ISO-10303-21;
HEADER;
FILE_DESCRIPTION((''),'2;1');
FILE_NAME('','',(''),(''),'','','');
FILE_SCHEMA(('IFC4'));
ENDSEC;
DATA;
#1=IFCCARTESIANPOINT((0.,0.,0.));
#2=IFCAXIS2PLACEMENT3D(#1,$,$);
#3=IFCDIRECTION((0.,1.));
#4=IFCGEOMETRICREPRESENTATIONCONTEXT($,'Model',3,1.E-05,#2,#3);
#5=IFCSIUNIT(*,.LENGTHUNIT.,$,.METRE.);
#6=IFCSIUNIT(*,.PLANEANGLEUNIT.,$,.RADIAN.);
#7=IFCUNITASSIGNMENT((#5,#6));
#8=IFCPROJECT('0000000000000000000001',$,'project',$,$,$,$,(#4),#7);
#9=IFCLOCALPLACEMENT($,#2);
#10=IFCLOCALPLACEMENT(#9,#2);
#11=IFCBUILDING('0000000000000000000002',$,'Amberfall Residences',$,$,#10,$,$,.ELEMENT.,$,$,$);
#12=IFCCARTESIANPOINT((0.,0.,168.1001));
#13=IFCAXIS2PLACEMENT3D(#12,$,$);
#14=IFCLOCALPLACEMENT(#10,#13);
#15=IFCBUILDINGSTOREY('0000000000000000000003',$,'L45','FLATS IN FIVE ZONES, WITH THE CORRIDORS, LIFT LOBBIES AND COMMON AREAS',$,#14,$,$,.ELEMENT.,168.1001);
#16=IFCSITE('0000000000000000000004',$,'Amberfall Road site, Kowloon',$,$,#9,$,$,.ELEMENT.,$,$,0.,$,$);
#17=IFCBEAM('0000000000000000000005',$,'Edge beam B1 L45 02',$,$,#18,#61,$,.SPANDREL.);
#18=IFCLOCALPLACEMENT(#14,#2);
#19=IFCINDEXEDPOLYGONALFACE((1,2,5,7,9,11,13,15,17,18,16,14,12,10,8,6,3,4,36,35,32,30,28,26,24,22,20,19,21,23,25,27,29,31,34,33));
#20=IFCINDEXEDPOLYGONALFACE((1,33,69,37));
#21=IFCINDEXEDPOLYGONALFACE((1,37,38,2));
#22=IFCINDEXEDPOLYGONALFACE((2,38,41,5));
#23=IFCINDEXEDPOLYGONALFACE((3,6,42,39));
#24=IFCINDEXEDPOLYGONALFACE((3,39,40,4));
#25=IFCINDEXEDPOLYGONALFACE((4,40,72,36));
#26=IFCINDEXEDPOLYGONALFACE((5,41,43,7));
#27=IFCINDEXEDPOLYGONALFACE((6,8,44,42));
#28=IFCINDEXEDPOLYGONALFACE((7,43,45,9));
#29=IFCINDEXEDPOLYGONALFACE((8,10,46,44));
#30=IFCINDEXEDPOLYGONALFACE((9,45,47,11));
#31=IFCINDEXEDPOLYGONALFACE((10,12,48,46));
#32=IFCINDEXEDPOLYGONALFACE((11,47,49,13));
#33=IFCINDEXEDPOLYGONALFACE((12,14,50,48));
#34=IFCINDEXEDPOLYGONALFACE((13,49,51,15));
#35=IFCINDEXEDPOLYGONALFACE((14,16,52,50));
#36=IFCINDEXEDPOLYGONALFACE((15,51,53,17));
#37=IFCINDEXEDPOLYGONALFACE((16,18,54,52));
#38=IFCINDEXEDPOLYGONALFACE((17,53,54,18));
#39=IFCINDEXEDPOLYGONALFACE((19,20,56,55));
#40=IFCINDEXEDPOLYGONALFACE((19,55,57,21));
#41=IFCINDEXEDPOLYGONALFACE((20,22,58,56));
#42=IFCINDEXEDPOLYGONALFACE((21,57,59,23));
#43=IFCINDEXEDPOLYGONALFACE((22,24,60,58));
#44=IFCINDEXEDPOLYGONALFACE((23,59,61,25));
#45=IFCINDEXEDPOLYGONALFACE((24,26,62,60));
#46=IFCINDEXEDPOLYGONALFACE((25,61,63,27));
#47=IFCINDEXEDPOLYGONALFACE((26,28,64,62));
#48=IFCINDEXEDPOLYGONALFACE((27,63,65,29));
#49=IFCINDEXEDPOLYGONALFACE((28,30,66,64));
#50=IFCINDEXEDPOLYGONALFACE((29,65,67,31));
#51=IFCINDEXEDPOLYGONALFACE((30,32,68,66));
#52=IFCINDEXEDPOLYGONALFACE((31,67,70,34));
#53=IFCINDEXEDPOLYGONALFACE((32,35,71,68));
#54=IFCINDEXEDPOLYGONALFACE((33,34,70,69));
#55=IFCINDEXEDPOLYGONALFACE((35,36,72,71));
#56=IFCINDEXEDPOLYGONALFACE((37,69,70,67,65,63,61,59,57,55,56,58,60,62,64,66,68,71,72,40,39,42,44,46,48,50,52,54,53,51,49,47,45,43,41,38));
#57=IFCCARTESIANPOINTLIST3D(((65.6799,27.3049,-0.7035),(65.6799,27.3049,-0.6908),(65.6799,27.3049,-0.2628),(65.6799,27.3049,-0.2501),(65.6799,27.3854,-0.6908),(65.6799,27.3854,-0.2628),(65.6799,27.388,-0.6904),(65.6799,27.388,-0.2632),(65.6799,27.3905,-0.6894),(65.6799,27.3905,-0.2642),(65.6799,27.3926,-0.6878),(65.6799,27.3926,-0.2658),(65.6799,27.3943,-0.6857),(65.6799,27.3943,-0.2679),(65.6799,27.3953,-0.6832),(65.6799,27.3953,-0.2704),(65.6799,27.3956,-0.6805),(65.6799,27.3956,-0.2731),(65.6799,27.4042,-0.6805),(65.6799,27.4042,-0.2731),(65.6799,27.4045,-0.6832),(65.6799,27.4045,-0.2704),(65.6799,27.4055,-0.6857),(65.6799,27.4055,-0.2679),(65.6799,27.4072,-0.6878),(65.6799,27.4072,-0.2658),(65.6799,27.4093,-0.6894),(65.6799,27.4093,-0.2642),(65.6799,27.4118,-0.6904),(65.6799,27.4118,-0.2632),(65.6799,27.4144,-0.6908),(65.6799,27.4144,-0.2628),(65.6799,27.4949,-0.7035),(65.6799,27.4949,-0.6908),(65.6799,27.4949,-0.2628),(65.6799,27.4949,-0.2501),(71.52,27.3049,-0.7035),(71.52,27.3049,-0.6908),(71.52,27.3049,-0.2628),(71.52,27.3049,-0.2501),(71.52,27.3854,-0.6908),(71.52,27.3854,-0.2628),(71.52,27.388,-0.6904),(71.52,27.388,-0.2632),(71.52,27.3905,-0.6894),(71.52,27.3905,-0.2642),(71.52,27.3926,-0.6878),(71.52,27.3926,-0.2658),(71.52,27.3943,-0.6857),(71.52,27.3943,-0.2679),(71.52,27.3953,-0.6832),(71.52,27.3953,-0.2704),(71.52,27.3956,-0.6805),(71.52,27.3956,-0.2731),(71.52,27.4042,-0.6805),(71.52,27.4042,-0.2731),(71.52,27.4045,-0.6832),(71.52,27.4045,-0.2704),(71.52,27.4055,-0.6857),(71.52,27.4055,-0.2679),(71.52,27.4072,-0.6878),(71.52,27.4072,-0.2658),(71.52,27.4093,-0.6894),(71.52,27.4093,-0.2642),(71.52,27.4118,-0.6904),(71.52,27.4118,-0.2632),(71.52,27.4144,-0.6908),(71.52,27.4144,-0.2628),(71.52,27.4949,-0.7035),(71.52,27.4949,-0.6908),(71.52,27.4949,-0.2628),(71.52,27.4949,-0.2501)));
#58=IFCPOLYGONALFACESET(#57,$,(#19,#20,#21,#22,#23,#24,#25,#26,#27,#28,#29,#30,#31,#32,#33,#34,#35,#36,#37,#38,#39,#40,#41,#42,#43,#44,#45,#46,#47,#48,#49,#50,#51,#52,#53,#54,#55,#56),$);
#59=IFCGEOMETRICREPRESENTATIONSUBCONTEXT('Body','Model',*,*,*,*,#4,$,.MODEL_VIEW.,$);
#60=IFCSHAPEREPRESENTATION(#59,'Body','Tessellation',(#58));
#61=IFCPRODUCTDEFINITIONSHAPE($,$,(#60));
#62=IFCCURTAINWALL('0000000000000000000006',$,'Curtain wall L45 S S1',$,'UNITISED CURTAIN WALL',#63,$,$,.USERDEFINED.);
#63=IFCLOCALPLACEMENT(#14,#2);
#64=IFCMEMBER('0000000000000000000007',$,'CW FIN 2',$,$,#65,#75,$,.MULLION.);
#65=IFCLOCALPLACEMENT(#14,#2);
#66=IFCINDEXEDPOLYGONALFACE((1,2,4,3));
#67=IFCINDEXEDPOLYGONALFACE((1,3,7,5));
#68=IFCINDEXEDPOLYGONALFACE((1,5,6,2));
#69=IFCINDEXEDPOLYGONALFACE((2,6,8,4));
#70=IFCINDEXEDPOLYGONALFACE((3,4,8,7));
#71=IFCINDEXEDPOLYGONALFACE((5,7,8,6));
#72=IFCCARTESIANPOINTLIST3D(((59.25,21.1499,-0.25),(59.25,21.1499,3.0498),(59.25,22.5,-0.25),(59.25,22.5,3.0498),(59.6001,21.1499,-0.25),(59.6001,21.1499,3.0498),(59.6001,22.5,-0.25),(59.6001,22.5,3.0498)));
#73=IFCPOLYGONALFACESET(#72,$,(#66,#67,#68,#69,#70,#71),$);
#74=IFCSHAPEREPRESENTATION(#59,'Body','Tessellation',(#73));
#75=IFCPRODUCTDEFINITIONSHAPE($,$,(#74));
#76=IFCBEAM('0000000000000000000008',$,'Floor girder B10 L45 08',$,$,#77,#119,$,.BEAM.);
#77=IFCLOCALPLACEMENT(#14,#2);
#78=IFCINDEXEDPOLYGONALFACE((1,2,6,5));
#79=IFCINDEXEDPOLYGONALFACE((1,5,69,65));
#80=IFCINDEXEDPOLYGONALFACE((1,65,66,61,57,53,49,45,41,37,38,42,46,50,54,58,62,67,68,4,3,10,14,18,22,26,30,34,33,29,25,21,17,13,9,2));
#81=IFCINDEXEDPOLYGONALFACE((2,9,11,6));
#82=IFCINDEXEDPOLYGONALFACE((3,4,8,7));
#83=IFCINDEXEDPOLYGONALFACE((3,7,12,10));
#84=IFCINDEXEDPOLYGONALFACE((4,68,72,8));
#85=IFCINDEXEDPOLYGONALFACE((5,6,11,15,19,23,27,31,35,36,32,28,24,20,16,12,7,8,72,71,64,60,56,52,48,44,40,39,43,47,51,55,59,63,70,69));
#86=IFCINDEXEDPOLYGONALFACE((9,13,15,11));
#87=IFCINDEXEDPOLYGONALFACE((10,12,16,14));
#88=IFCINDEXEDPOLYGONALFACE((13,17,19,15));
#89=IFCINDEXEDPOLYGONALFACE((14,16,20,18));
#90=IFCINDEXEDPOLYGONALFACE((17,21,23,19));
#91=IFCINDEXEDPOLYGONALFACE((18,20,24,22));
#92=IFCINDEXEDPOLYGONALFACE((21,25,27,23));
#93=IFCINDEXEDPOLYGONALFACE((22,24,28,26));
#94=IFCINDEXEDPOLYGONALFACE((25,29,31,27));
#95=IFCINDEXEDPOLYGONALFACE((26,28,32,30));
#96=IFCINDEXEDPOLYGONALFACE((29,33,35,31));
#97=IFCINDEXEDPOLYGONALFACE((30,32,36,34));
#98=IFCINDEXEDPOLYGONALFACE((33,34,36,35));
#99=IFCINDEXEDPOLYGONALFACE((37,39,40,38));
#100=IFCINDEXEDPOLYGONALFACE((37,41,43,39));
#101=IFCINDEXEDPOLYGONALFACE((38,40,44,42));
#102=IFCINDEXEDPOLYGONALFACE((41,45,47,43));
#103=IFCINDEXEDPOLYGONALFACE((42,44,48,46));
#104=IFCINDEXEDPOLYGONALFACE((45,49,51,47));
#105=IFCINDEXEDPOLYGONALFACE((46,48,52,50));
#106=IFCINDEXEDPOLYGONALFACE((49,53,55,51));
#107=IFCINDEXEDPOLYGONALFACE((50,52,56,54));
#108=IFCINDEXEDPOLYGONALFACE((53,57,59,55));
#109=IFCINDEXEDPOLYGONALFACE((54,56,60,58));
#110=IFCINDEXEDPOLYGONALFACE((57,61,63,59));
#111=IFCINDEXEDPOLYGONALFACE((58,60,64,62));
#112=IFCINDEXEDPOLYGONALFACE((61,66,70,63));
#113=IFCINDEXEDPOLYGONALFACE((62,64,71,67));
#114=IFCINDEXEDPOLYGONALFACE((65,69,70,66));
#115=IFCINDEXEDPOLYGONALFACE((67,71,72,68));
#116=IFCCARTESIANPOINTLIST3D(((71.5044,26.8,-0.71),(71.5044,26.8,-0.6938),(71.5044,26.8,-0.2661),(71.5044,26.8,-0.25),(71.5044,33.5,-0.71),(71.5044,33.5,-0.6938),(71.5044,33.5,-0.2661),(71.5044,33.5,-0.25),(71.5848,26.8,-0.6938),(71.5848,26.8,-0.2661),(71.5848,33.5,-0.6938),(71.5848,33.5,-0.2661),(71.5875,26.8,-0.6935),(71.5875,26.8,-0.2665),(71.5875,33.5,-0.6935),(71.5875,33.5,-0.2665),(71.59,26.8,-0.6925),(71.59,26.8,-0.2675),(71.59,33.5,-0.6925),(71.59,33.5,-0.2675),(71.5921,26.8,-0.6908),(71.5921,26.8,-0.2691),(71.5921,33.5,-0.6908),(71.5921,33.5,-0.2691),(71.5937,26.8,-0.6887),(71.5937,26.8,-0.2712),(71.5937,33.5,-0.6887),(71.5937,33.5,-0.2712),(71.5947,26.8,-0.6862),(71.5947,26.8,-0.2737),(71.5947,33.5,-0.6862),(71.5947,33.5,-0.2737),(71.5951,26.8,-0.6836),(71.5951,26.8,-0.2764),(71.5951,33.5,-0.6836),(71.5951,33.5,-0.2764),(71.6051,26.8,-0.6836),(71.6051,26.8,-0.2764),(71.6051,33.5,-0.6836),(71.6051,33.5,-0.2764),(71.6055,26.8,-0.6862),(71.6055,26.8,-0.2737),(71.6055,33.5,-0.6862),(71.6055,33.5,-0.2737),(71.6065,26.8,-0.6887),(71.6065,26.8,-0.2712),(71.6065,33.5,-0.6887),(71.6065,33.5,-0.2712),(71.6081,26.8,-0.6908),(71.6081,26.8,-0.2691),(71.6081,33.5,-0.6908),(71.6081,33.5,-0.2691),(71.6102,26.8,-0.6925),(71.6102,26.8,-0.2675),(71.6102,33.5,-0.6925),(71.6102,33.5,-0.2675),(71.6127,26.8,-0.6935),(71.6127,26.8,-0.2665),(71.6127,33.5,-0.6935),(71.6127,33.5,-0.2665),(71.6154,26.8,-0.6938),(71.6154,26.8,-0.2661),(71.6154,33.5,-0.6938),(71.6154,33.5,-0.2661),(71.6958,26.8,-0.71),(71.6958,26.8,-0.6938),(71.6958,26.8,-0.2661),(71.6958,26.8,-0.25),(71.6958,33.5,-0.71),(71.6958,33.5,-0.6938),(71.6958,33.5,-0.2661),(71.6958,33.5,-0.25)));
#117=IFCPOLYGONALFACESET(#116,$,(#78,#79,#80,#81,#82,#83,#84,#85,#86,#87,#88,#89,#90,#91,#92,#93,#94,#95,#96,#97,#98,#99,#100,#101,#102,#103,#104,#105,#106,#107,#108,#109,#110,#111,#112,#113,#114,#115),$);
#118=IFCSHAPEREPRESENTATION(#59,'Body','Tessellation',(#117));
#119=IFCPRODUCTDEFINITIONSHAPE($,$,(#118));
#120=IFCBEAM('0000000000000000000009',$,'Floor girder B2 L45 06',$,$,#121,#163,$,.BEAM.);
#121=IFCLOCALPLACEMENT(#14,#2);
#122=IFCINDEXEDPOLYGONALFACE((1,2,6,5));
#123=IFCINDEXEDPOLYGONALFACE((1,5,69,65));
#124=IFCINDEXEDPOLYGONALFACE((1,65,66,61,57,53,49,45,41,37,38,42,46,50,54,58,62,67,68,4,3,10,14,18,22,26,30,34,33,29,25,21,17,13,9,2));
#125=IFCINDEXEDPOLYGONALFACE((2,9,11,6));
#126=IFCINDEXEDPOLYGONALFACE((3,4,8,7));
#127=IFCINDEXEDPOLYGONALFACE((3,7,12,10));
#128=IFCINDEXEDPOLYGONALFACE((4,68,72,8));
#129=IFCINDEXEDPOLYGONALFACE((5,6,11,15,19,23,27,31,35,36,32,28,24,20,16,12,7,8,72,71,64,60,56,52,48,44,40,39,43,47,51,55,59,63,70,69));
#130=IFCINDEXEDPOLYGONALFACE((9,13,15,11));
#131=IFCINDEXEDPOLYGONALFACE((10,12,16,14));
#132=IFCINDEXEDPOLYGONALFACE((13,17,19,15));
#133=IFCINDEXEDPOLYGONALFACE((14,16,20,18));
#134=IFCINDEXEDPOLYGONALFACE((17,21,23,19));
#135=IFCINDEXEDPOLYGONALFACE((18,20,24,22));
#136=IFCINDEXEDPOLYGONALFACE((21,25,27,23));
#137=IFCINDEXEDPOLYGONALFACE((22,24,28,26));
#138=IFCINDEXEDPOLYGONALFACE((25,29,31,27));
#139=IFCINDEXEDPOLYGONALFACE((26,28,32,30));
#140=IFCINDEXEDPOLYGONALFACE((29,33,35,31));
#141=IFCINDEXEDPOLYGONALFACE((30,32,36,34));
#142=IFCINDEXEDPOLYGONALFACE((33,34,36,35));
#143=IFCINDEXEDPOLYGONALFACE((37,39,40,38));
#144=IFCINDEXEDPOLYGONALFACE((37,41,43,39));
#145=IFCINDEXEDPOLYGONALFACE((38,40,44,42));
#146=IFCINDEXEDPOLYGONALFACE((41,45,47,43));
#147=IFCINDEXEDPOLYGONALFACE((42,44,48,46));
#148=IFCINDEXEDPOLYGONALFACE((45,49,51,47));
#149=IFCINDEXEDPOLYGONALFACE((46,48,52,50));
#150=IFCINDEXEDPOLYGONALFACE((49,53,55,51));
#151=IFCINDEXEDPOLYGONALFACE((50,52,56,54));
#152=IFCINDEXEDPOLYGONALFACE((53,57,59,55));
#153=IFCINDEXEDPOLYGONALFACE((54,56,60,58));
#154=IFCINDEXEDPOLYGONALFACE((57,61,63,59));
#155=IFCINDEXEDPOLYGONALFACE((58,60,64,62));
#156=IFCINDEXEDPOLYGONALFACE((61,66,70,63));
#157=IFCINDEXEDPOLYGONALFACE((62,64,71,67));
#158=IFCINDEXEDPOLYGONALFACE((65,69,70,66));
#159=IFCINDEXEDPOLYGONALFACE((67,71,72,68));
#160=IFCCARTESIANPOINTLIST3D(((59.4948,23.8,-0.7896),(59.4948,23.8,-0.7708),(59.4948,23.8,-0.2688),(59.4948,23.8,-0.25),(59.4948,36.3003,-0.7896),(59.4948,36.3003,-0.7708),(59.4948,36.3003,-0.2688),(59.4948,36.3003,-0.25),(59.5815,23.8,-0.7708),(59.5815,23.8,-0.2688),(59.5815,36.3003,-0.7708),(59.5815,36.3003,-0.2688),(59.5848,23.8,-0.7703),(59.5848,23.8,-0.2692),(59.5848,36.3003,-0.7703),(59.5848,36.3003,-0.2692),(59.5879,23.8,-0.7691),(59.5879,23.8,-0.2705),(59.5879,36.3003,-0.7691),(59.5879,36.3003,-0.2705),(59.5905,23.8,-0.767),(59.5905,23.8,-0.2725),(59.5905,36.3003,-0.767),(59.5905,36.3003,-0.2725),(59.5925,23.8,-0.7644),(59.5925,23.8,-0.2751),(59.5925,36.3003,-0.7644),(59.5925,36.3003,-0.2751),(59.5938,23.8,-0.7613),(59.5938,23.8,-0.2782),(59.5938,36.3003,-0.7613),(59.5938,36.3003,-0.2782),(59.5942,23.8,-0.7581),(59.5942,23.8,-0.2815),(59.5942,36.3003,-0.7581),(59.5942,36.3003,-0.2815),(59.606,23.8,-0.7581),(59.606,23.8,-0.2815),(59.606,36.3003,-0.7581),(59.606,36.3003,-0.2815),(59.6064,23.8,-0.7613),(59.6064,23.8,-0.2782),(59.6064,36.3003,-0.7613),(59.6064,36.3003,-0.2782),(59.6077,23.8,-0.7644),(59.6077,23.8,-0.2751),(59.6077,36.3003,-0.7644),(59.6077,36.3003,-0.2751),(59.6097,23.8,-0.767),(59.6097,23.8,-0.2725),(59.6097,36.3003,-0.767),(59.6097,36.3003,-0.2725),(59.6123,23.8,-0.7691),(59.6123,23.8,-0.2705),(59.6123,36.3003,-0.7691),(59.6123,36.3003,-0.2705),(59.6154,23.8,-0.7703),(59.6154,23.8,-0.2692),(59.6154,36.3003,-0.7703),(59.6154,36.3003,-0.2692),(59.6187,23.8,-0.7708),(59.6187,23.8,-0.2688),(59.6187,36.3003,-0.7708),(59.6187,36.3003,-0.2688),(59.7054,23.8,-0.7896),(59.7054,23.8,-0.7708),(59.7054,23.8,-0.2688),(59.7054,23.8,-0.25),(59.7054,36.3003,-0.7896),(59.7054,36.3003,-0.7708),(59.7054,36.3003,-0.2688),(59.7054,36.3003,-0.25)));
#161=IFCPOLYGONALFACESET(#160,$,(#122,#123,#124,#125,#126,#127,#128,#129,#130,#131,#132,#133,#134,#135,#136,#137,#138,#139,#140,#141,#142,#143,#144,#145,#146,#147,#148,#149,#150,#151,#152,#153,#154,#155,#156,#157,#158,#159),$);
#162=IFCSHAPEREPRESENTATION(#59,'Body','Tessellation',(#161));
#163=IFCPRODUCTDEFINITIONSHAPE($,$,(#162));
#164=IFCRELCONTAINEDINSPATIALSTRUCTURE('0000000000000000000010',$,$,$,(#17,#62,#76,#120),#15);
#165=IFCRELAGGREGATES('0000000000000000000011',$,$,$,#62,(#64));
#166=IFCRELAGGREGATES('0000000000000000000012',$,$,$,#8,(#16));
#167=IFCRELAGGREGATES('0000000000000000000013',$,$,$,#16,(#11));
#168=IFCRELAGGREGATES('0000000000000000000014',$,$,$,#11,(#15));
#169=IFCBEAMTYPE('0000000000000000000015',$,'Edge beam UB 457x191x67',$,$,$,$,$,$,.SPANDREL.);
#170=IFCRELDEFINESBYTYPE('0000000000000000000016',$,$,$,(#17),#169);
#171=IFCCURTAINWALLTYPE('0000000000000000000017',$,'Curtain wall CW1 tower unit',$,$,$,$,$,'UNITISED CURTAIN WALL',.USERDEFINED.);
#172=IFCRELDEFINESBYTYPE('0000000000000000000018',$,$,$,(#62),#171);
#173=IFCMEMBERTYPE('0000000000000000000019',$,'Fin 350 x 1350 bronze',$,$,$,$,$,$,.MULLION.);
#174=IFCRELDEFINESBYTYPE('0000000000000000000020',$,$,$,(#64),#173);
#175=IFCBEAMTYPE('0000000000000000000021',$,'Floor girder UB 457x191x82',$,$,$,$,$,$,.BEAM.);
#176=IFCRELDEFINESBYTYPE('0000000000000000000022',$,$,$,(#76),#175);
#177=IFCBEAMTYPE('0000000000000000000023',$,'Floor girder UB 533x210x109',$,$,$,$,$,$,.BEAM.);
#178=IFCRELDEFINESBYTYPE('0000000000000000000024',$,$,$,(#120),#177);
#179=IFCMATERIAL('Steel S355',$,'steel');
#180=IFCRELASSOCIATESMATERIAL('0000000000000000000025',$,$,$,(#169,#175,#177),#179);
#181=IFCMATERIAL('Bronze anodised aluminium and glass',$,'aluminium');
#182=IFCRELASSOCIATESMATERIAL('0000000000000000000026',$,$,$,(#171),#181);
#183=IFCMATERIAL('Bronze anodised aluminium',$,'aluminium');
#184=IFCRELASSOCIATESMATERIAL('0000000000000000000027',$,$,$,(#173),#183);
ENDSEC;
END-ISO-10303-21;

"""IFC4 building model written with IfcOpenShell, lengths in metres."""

from ifc_helpers import new_model, si_unit, direction, frame, origin, origin_2d, place, context, subcontext, project, spatial, rectangle, i_section, extrude, material, material_profile, profile_set, type_object, element, aggregate, save


model = new_model("IFC4")

# Units and contexts
model_context = context("Model", 3, precision=1e-05, world=origin(), true_north=direction((0.0, 1.0)))
body_context = subcontext(model_context, "Body", "Model", "MODEL_VIEW")
ifc_project = project(units=[si_unit("LENGTHUNIT", "METRE"), si_unit("PLANEANGLEUNIT", "RADIAN")], contexts=[model_context])

# Site, building, storey
site_placement = place(None, origin())
site = spatial("IfcSite", under=ifc_project, at=site_placement, Name="Amberfall Road site, Kowloon", CompositionType="ELEMENT", RefElevation=0.0)
building_placement = place(site_placement, origin())
building = spatial("IfcBuilding", under=site, at=building_placement, Name="Amberfall Residences", CompositionType="ELEMENT")
storey_placement = place(building_placement, frame((0.0, 0.0, 168.1001)))
storey = spatial("IfcBuildingStorey", under=building, at=storey_placement, Name="L45", Description="FLATS IN FIVE ZONES, WITH THE CORRIDORS, LIFT LOBBIES AND COMMON AREAS", CompositionType="ELEMENT", Elevation=168.1001)

# Shared definitions
ifc_material_1 = material(Name="Bronze anodised aluminium and glass", Category="aluminium")
ifc_material_2 = material(Name="Bronze anodised aluminium", Category="aluminium")

# Beam
ifc_material_3 = material(Name="Steel S355", Category="steel")
ifc_material_profile_1 = material_profile(ifc_material_3, i_section(OverallWidth=0.1899, OverallDepth=0.4534, WebThickness=0.0085, FlangeThickness=0.0127, FilletRadius=0.0103, at=origin_2d()), Name="UB 457x191x67")
ifc_profile_set_1 = profile_set([ifc_material_profile_1], Name="Steel S355")
beam_type_1 = type_object("IfcBeamType", Name="Edge beam UB 457x191x67", PredefinedType="SPANDREL", material=ifc_profile_set_1)
for number, where, z_axis, x_axis, name in (
    (1, (65.6799, 27.3999, -0.4768), (1.0, 0.0, 0.0), (0.0, 1.0, 0.0), "Edge beam B1 L45 02"),
):
    element("IfcBeam", number, at=place(storey_placement, frame(where, z_axis=z_axis, x_axis=x_axis)), inside=storey, type_object=beam_type_1, Name=name, PredefinedType="SPANDREL", context=body_context, shape_type="SweptSolid", body=[
        extrude(i_section(OverallWidth=0.1899, OverallDepth=0.4534, WebThickness=0.0085, FlangeThickness=0.0127, FilletRadius=0.0103, at=origin_2d()), origin(), (0.0, 0.0, 1.0), 5.8401),
    ])

# Curtain wall, member
curtain_wall_type_1 = type_object("IfcCurtainWallType", Name="Curtain wall CW1 tower unit", ElementType="UNITISED CURTAIN WALL", PredefinedType="USERDEFINED", material=ifc_material_1)
curtain_wall_1_placement = place(storey_placement, origin())
curtain_wall_1 = element("IfcCurtainWall", 2, at=curtain_wall_1_placement, inside=storey, type_object=curtain_wall_type_1, Name="Curtain wall L45 S S1", ObjectType="UNITISED CURTAIN WALL", PredefinedType="USERDEFINED")
ifc_material_profile_2 = material_profile(ifc_material_2, rectangle(XDim=1.3501, YDim=0.3501, at=origin_2d()), Name="Fin 350 x 1350 bronze")
ifc_profile_set_2 = profile_set([ifc_material_profile_2], Name="Bronze anodised aluminium")
member_type_1 = type_object("IfcMemberType", Name="Fin 350 x 1350 bronze", PredefinedType="MULLION", material=ifc_profile_set_2)
member_1_placement = place(storey_placement, frame((59.425, 21.825, -0.25), z_axis=(0.0, 0.0, 1.0), x_axis=(0.0, 1.0, 0.0)))
member_1 = element("IfcMember", 3, at=member_1_placement, type_object=member_type_1, Name="CW FIN 2", PredefinedType="MULLION", context=body_context, shape_type="SweptSolid", body=[
    extrude(rectangle(XDim=1.3501, YDim=0.3501, at=origin_2d()), origin(), (0.0, 0.0, 1.0), 3.2998),
])
aggregate(curtain_wall_1, [member_1])

# Beams
ifc_material_profile_3 = material_profile(ifc_material_3, i_section(OverallWidth=0.1914, OverallDepth=0.46, WebThickness=0.01, FlangeThickness=0.0161, FilletRadius=0.0103, at=origin_2d()), Name="UB 457x191x82")
ifc_profile_set_3 = profile_set([ifc_material_profile_3], Name="Steel S355")
beam_type_2 = type_object("IfcBeamType", Name="Floor girder UB 457x191x82", PredefinedType="BEAM", material=ifc_profile_set_3)
beam_1_placement = place(storey_placement, frame((71.6001, 26.8, -0.48), z_axis=(0.0, 1.0, 0.0), x_axis=(-1.0, 0.0, 0.0)))
element("IfcBeam", 4, at=beam_1_placement, inside=storey, type_object=beam_type_2, Name="Floor girder B10 L45 08", PredefinedType="BEAM", context=body_context, shape_type="SweptSolid", body=[
    extrude(i_section(OverallWidth=0.1914, OverallDepth=0.46, WebThickness=0.01, FlangeThickness=0.0161, FilletRadius=0.0103, at=origin_2d()), origin(), (0.0, 0.0, 1.0), 6.7),
])
ifc_material_profile_4 = material_profile(ifc_material_3, i_section(OverallWidth=0.2107, OverallDepth=0.5396, WebThickness=0.0117, FlangeThickness=0.0188, FilletRadius=0.0127, at=origin_2d()), Name="UB 533x210x109")
ifc_profile_set_4 = profile_set([ifc_material_profile_4], Name="Steel S355")
beam_type_3 = type_object("IfcBeamType", Name="Floor girder UB 533x210x109", PredefinedType="BEAM", material=ifc_profile_set_4)
beam_2_placement = place(storey_placement, frame((59.6001, 23.8, -0.5198), z_axis=(0.0, 1.0, 0.0), x_axis=(-1.0, 0.0, 0.0)))
element("IfcBeam", 5, at=beam_2_placement, inside=storey, type_object=beam_type_3, Name="Floor girder B2 L45 06", PredefinedType="BEAM", context=body_context, shape_type="SweptSolid", body=[
    extrude(i_section(OverallWidth=0.2107, OverallDepth=0.5396, WebThickness=0.0117, FlangeThickness=0.0188, FilletRadius=0.0127, at=origin_2d()), origin(), (0.0, 0.0, 1.0), 12.5002),
])

save(model, "model.ifc")
